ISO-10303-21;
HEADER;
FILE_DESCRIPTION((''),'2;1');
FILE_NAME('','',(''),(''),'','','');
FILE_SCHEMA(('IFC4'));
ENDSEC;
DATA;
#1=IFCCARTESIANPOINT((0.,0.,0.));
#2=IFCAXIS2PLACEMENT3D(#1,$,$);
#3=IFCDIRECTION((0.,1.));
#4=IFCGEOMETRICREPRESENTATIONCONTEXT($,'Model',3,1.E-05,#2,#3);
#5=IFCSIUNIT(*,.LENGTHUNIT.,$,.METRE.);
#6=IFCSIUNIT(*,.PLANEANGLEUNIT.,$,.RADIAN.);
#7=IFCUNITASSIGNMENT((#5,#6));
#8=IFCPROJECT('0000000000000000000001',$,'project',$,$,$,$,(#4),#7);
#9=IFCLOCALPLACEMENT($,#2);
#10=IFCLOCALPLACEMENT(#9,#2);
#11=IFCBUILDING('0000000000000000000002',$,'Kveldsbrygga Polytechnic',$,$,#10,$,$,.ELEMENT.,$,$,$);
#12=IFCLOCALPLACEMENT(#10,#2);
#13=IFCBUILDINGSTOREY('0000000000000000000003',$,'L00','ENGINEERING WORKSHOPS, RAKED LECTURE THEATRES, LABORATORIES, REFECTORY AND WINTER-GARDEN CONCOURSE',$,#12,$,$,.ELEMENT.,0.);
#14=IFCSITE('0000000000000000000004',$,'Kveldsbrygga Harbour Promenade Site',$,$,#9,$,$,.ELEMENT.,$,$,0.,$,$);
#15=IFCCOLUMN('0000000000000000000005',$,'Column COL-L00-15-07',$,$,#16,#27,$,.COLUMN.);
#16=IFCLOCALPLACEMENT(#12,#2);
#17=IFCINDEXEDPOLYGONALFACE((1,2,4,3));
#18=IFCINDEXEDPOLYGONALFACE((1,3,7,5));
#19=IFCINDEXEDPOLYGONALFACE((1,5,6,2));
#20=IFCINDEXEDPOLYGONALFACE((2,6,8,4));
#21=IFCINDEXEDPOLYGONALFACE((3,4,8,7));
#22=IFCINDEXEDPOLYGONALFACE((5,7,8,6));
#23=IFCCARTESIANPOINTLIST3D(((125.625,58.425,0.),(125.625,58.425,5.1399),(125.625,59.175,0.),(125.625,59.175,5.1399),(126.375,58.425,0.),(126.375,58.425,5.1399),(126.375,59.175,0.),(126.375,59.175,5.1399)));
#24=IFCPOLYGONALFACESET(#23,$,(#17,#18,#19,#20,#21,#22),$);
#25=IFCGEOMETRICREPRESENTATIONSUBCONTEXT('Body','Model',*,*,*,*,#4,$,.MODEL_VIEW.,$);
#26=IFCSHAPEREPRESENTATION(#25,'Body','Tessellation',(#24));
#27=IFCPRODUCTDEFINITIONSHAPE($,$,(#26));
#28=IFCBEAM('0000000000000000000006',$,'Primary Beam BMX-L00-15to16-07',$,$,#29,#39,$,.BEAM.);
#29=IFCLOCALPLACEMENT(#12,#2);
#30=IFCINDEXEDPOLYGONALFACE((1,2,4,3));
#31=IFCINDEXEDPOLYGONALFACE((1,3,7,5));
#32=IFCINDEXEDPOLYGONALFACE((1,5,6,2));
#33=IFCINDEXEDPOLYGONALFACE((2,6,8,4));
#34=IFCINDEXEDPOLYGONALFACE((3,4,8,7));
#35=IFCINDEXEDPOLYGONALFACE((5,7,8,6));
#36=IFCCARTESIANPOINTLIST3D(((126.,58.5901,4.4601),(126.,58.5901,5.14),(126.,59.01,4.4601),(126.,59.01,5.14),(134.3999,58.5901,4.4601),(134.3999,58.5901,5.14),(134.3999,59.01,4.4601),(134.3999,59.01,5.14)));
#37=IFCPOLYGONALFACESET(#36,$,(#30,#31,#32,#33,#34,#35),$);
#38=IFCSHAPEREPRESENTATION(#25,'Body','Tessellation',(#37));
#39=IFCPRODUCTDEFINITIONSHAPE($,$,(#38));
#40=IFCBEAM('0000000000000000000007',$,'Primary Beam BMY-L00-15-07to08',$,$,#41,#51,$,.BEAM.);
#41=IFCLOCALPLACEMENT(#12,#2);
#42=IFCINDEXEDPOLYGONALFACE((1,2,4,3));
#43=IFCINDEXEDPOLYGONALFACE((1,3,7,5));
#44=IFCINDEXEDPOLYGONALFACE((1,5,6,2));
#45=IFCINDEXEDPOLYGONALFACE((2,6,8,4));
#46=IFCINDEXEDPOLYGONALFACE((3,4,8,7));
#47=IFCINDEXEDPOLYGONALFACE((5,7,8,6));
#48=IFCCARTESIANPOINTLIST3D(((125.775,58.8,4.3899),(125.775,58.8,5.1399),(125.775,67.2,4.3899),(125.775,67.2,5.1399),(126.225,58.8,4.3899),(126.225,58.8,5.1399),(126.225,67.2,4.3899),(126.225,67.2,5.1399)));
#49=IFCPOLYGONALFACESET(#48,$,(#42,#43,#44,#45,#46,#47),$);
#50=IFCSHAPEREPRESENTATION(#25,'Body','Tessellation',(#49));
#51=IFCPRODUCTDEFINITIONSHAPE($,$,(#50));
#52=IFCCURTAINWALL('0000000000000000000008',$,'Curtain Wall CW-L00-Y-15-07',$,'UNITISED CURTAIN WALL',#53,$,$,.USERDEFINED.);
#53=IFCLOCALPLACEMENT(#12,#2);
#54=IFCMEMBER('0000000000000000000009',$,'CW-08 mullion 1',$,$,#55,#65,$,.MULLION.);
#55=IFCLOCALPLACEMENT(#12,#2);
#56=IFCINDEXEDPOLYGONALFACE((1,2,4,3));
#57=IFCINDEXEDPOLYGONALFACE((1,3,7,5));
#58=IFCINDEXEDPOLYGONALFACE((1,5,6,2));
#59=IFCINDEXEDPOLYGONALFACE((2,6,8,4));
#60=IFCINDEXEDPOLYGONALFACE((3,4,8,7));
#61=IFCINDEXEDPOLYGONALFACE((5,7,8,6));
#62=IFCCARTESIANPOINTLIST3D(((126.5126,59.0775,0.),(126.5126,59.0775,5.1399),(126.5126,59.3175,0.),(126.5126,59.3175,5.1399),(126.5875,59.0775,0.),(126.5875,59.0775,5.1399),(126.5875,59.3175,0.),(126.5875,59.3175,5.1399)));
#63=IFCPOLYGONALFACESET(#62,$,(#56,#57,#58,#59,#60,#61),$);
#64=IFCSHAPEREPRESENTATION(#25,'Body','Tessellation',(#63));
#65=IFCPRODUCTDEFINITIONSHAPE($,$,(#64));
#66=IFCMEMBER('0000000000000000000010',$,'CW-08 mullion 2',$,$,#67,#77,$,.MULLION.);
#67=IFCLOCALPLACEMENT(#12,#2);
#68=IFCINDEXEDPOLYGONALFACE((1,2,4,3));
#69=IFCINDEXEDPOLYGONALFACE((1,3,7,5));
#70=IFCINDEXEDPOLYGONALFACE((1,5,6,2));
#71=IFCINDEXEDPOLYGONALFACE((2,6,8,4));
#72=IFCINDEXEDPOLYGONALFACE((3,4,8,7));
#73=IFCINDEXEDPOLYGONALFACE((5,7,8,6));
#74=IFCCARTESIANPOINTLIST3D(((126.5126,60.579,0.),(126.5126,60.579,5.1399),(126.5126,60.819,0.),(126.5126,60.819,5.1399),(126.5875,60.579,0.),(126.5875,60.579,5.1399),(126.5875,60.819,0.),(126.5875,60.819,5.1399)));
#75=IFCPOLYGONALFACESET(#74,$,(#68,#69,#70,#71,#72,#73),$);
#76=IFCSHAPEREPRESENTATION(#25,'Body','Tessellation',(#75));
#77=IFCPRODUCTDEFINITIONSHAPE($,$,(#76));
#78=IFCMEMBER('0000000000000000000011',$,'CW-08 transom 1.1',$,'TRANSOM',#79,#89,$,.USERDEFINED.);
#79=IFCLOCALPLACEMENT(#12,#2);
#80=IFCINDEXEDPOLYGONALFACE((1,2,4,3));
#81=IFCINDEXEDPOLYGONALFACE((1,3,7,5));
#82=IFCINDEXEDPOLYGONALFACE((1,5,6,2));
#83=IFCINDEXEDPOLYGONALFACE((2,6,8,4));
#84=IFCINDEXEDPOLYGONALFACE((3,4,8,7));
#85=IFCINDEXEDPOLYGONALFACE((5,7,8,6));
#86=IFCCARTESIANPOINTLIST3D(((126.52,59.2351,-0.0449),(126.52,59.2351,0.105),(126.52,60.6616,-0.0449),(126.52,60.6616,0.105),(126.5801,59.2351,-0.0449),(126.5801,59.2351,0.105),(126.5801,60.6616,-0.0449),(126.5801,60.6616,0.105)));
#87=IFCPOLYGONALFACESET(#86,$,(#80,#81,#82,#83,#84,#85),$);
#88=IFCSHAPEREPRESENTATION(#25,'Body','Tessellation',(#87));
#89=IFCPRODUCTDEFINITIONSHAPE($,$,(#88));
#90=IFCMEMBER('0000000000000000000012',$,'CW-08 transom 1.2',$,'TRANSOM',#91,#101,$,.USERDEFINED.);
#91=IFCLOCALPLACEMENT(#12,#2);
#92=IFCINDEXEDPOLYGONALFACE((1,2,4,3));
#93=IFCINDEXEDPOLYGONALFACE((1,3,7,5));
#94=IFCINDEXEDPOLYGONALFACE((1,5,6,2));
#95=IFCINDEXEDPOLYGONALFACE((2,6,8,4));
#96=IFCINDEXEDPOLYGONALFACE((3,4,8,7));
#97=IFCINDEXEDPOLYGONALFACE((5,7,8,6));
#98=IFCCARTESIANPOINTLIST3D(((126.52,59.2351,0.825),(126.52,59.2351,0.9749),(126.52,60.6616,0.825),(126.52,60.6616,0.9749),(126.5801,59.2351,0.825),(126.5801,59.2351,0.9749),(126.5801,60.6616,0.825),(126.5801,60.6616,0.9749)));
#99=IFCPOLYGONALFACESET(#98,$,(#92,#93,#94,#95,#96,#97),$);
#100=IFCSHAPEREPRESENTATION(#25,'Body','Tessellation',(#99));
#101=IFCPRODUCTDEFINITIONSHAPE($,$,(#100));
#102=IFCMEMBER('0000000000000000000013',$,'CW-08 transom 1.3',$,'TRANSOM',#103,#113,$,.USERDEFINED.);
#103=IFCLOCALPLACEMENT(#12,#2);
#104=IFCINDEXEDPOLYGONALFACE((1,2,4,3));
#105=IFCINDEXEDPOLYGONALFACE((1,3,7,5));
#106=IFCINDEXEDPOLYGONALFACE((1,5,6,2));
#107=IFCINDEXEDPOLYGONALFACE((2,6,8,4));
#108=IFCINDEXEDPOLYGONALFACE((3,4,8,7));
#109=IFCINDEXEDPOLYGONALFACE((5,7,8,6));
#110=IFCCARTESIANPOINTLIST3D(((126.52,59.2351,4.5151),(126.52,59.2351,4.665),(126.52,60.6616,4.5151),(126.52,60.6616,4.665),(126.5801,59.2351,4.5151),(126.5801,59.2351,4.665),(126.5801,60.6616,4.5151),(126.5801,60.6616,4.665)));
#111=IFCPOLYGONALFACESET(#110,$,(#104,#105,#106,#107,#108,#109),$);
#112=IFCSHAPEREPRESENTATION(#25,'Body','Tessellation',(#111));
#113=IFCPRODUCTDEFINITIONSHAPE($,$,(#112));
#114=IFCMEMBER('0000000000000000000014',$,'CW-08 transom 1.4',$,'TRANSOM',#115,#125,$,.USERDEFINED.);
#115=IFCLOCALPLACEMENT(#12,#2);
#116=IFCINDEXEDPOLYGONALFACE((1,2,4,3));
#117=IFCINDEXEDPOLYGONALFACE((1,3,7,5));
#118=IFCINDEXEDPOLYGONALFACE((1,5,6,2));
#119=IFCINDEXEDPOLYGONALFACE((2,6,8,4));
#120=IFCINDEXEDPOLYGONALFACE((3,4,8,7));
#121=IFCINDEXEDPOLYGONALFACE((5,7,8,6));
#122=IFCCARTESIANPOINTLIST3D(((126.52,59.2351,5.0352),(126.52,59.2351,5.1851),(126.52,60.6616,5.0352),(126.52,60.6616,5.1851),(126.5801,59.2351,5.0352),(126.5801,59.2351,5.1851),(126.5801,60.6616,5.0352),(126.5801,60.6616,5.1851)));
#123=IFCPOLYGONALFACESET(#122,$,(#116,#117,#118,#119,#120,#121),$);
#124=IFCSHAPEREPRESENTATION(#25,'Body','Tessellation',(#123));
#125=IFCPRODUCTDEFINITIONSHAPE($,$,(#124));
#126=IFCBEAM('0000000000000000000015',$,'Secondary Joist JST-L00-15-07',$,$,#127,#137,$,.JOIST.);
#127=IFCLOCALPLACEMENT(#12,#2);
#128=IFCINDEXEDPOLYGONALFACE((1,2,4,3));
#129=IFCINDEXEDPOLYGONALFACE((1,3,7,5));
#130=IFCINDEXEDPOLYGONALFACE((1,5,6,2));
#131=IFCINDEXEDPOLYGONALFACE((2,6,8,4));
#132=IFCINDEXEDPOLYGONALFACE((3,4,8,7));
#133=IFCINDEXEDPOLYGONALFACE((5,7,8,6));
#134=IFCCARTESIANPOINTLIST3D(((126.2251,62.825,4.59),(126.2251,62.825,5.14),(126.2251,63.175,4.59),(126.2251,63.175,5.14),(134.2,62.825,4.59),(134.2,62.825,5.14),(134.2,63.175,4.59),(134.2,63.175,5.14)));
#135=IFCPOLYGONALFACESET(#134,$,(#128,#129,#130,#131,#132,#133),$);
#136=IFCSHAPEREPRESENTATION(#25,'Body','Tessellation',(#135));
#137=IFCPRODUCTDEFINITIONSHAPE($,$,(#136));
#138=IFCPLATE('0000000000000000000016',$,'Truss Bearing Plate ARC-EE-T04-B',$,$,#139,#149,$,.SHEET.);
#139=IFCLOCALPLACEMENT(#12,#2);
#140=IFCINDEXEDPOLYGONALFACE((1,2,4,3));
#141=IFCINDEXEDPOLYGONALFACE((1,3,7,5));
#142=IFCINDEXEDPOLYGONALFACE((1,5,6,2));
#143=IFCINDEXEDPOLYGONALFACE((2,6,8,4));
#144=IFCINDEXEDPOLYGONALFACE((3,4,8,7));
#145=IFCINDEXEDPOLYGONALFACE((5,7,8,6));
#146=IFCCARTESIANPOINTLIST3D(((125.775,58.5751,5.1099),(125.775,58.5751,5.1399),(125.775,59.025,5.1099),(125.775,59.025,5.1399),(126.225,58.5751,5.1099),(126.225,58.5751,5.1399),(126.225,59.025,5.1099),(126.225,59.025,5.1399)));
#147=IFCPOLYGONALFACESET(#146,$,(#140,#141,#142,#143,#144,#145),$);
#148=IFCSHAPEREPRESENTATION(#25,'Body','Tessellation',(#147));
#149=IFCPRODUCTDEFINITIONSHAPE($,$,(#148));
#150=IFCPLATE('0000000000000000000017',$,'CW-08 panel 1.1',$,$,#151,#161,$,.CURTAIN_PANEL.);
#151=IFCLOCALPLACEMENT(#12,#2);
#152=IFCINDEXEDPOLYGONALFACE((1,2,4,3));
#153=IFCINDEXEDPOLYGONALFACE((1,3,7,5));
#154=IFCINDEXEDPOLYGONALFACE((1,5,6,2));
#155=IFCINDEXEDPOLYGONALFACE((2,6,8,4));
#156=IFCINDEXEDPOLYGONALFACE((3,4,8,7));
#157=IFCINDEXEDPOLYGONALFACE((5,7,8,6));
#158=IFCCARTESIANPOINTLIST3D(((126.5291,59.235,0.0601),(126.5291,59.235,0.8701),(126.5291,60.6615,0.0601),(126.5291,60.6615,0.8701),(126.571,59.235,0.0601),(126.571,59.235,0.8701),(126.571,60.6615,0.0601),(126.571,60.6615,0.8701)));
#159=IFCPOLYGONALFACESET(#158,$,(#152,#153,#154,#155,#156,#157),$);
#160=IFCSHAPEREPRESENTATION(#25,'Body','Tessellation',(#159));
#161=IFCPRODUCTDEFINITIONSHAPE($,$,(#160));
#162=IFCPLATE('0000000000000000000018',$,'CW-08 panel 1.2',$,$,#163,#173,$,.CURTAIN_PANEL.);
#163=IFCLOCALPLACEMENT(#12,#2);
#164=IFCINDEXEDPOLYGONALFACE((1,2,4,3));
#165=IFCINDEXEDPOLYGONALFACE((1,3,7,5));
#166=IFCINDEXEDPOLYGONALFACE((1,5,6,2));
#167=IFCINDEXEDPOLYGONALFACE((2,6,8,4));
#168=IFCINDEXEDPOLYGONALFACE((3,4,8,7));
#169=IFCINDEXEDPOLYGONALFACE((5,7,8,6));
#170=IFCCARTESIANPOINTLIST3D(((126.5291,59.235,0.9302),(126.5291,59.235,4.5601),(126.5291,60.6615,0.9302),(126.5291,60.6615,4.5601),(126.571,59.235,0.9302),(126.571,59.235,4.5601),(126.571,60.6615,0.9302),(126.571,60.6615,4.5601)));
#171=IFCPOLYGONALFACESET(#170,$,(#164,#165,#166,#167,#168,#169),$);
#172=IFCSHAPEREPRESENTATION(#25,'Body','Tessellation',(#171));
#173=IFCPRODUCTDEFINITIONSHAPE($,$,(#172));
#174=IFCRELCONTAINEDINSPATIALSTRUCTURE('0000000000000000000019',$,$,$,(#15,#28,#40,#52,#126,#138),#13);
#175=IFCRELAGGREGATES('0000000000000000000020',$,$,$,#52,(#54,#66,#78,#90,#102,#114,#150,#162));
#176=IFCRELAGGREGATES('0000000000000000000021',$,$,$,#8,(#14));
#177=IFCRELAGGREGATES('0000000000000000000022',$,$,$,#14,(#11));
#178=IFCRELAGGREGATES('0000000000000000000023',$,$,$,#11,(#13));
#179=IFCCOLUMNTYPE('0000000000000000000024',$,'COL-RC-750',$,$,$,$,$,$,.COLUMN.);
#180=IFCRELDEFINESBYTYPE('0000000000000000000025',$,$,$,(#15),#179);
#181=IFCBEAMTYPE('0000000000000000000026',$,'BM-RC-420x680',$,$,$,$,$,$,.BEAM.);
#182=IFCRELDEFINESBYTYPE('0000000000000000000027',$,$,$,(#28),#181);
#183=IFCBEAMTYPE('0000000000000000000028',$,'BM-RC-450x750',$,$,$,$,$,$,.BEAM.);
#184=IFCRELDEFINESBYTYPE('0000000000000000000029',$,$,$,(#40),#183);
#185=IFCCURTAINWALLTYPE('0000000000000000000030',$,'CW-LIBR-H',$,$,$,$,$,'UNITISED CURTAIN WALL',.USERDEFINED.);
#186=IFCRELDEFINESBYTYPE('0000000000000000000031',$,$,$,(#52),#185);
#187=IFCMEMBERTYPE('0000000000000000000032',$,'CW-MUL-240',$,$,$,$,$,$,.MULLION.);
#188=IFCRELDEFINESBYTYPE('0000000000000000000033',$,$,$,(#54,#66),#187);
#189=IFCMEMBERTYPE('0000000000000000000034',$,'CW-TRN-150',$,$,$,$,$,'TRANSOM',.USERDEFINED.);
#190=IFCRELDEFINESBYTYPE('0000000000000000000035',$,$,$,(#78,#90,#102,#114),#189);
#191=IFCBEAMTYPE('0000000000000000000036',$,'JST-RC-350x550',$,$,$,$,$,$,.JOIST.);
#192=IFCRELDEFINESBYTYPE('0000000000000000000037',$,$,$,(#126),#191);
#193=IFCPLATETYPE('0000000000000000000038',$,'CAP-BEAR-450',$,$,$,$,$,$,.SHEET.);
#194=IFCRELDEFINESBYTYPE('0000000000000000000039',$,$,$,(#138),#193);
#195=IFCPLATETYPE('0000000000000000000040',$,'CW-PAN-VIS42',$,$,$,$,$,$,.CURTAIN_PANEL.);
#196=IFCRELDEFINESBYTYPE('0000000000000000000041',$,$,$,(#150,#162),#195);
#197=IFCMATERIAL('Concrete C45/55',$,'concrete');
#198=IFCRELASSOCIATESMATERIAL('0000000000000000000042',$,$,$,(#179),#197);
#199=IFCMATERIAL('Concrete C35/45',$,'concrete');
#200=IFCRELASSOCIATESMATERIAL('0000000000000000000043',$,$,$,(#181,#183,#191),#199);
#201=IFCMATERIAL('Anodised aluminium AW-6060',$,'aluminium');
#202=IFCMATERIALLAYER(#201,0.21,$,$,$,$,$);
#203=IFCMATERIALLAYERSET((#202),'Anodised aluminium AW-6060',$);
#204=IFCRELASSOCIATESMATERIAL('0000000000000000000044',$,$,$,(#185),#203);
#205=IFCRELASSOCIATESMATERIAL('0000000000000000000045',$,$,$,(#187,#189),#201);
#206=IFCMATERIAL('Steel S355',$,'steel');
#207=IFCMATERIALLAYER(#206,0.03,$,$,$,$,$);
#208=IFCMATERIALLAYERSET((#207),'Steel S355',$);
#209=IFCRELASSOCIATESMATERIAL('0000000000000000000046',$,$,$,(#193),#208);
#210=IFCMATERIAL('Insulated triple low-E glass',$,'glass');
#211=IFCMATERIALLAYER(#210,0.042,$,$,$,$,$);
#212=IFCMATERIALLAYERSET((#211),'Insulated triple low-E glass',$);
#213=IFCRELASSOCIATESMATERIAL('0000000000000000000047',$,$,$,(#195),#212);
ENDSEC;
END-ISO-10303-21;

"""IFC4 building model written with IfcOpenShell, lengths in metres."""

from ifc_helpers import new_model, si_unit, direction, frame, origin, origin_2d, place, context, subcontext, project, spatial, rectangle, extrude, material, layer, layer_set, material_profile, profile_set, type_object, element, aggregate, save


model = new_model("IFC4")

# Units and contexts
model_context = context("Model", 3, precision=1e-05, world=origin(), true_north=direction((0.0, 1.0)))
body_context = subcontext(model_context, "Body", "Model", "MODEL_VIEW")
ifc_project = project(units=[si_unit("LENGTHUNIT", "METRE"), si_unit("PLANEANGLEUNIT", "RADIAN")], contexts=[model_context])

# Site, building, storey
site_placement = place(None, origin())
site = spatial("IfcSite", under=ifc_project, at=site_placement, Name="Kveldsbrygga Harbour Promenade Site", CompositionType="ELEMENT", RefElevation=0.0)
building_placement = place(site_placement, origin())
building = spatial("IfcBuilding", under=site, at=building_placement, Name="Kveldsbrygga Polytechnic", CompositionType="ELEMENT")
storey_placement = place(building_placement, origin())
storey = spatial("IfcBuildingStorey", under=building, at=storey_placement, Name="L00", Description="ENGINEERING WORKSHOPS, RAKED LECTURE THEATRES, LABORATORIES, REFECTORY AND WINTER-GARDEN CONCOURSE", CompositionType="ELEMENT", Elevation=0.0)

# Column
ifc_material_1 = material(Name="Concrete C45/55", Category="concrete")
ifc_material_profile_1 = material_profile(ifc_material_1, rectangle(XDim=0.75, YDim=0.75, at=origin_2d()), Name="RC 750x750")
ifc_profile_set_1 = profile_set([ifc_material_profile_1], Name="Concrete C45/55")
column_type = type_object("IfcColumnType", Name="COL-RC-750", PredefinedType="COLUMN", material=ifc_profile_set_1)
column_placement = place(storey_placement, frame((126.0, 58.8, 0.0), z_axis=(0.0, 0.0, 1.0), x_axis=(1.0, 0.0, 0.0)))
element("IfcColumn", 1, at=column_placement, inside=storey, type_object=column_type, Name="Column COL-L00-15-07", PredefinedType="COLUMN", context=body_context, shape_type="SweptSolid", body=[
    extrude(rectangle(XDim=0.75, YDim=0.75, at=origin_2d()), origin(), (0.0, 0.0, 1.0), 5.1399),
])

# Beams
ifc_material_2 = material(Name="Concrete C35/45", Category="concrete")
ifc_material_profile_2 = material_profile(ifc_material_2, rectangle(XDim=0.4199, YDim=0.6799, at=origin_2d()), Name="RC 420x680")
ifc_profile_set_2 = profile_set([ifc_material_profile_2], Name="Concrete C35/45")
beam_type_1 = type_object("IfcBeamType", Name="BM-RC-420x680", PredefinedType="BEAM", material=ifc_profile_set_2)
beam_1_placement = place(storey_placement, frame((126.0, 58.8, 4.8), z_axis=(1.0, 0.0, 0.0), x_axis=(0.0, 1.0, 0.0)))
element("IfcBeam", 2, at=beam_1_placement, inside=storey, type_object=beam_type_1, Name="Primary Beam BMX-L00-15to16-07", PredefinedType="BEAM", context=body_context, shape_type="SweptSolid", body=[
    extrude(rectangle(XDim=0.4199, YDim=0.6799, at=origin_2d()), origin(), (0.0, 0.0, 1.0), 8.3999),
])
ifc_material_profile_3 = material_profile(ifc_material_2, rectangle(XDim=0.45, YDim=0.75, at=origin_2d()), Name="RC 450x750")
ifc_profile_set_3 = profile_set([ifc_material_profile_3], Name="Concrete C35/45")
beam_type_2 = type_object("IfcBeamType", Name="BM-RC-450x750", PredefinedType="BEAM", material=ifc_profile_set_3)
beam_2_placement = place(storey_placement, frame((126.0, 58.8, 4.7649), z_axis=(0.0, 1.0, 0.0), x_axis=(-1.0, 0.0, 0.0)))
element("IfcBeam", 3, at=beam_2_placement, inside=storey, type_object=beam_type_2, Name="Primary Beam BMY-L00-15-07to08", PredefinedType="BEAM", context=body_context, shape_type="SweptSolid", body=[
    extrude(rectangle(XDim=0.45, YDim=0.75, at=origin_2d()), origin(), (0.0, 0.0, 1.0), 8.3999),
])

# Curtain wall, members
ifc_material_3 = material(Name="Anodised aluminium AW-6060", Category="aluminium")
ifc_layer_1 = layer(ifc_material_3, 0.21)
ifc_layer_set_1 = layer_set([ifc_layer_1], Name="Anodised aluminium AW-6060")
curtain_wall_type = type_object("IfcCurtainWallType", Name="CW-LIBR-H", ElementType="UNITISED CURTAIN WALL", PredefinedType="USERDEFINED", material=ifc_layer_set_1)
curtain_wall_placement = place(storey_placement, origin())
curtain_wall = element("IfcCurtainWall", 4, at=curtain_wall_placement, inside=storey, type_object=curtain_wall_type, Name="Curtain Wall CW-L00-Y-15-07", ObjectType="UNITISED CURTAIN WALL", PredefinedType="USERDEFINED")
ifc_material_profile_4 = material_profile(ifc_material_3, rectangle(XDim=0.075, YDim=0.24, at=origin_2d()), Name="ALU 75x240")
ifc_profile_set_4 = profile_set([ifc_material_profile_4], Name="Anodised aluminium AW-6060")
member_type_1 = type_object("IfcMemberType", Name="CW-MUL-240", PredefinedType="MULLION", material=ifc_profile_set_4)
member_1_placement = place(storey_placement, frame((126.55, 59.1975, 0.0), z_axis=(0.0, 0.0, 1.0), x_axis=(-1.0, 0.0, 0.0)))
member_1 = element("IfcMember", 5, at=member_1_placement, type_object=member_type_1, Name="CW-08 mullion 1", PredefinedType="MULLION", context=body_context, shape_type="SweptSolid", body=[
    extrude(rectangle(XDim=0.075, YDim=0.24, at=origin_2d()), origin(), (0.0, 0.0, 1.0), 5.1399),
])
member_2_placement = place(storey_placement, frame((126.55, 60.699, 0.0), z_axis=(0.0, 0.0, 1.0), x_axis=(-1.0, 0.0, 0.0)))
member_2 = element("IfcMember", 6, at=member_2_placement, type_object=member_type_1, Name="CW-08 mullion 2", PredefinedType="MULLION", context=body_context, shape_type="SweptSolid", body=[
    extrude(rectangle(XDim=0.075, YDim=0.24, at=origin_2d()), origin(), (0.0, 0.0, 1.0), 5.1399),
])
ifc_material_profile_5 = material_profile(ifc_material_3, rectangle(XDim=0.0601, YDim=0.1499, at=origin_2d()), Name="ALU 60x150")
ifc_profile_set_5 = profile_set([ifc_material_profile_5], Name="Anodised aluminium AW-6060")
member_type_2 = type_object("IfcMemberType", Name="CW-TRN-150", ElementType="TRANSOM", PredefinedType="USERDEFINED", material=ifc_profile_set_5)
member_3_placement = place(storey_placement, frame((126.55, 59.2351, 0.03), z_axis=(0.0, 1.0, 0.0), x_axis=(-1.0, 0.0, 0.0)))
member_3 = element("IfcMember", 7, at=member_3_placement, type_object=member_type_2, Name="CW-08 transom 1.1", ObjectType="TRANSOM", PredefinedType="USERDEFINED", context=body_context, shape_type="SweptSolid", body=[
    extrude(rectangle(XDim=0.0601, YDim=0.1499, at=origin_2d()), origin(), (0.0, 0.0, 1.0), 1.4265),
])
member_4_placement = place(storey_placement, frame((126.55, 59.2351, 0.8999), z_axis=(0.0, 1.0, 0.0), x_axis=(-1.0, 0.0, 0.0)))
member_4 = element("IfcMember", 8, at=member_4_placement, type_object=member_type_2, Name="CW-08 transom 1.2", ObjectType="TRANSOM", PredefinedType="USERDEFINED", context=body_context, shape_type="SweptSolid", body=[
    extrude(rectangle(XDim=0.0601, YDim=0.1499, at=origin_2d()), origin(), (0.0, 0.0, 1.0), 1.4265),
])
member_5_placement = place(storey_placement, frame((126.55, 59.2351, 4.5901), z_axis=(0.0, 1.0, 0.0), x_axis=(-1.0, 0.0, 0.0)))
member_5 = element("IfcMember", 9, at=member_5_placement, type_object=member_type_2, Name="CW-08 transom 1.3", ObjectType="TRANSOM", PredefinedType="USERDEFINED", context=body_context, shape_type="SweptSolid", body=[
    extrude(rectangle(XDim=0.0601, YDim=0.1499, at=origin_2d()), origin(), (0.0, 0.0, 1.0), 1.4265),
])
member_6_placement = place(storey_placement, frame((126.55, 59.2351, 5.1101), z_axis=(0.0, 1.0, 0.0), x_axis=(-1.0, 0.0, 0.0)))
member_6 = element("IfcMember", 10, at=member_6_placement, type_object=member_type_2, Name="CW-08 transom 1.4", ObjectType="TRANSOM", PredefinedType="USERDEFINED", context=body_context, shape_type="SweptSolid", body=[
    extrude(rectangle(XDim=0.0601, YDim=0.1499, at=origin_2d()), origin(), (0.0, 0.0, 1.0), 1.4265),
])

# Beam
ifc_material_profile_6 = material_profile(ifc_material_2, rectangle(XDim=0.3501, YDim=0.55, at=origin_2d()), Name="RC 350x550")
ifc_profile_set_6 = profile_set([ifc_material_profile_6], Name="Concrete C35/45")
beam_type_3 = type_object("IfcBeamType", Name="JST-RC-350x550", PredefinedType="JOIST", material=ifc_profile_set_6)
beam_3_placement = place(storey_placement, frame((126.2251, 63.0, 4.865), z_axis=(1.0, 0.0, 0.0), x_axis=(0.0, 1.0, 0.0)))
element("IfcBeam", 11, at=beam_3_placement, inside=storey, type_object=beam_type_3, Name="Secondary Joist JST-L00-15-07", PredefinedType="JOIST", context=body_context, shape_type="SweptSolid", body=[
    extrude(rectangle(XDim=0.3501, YDim=0.55, at=origin_2d()), origin(), (0.0, 0.0, 1.0), 7.9749),
])

# Plates
ifc_material_4 = material(Name="Steel S355", Category="steel")
ifc_layer_2 = layer(ifc_material_4, 0.03)
ifc_layer_set_2 = layer_set([ifc_layer_2], Name="Steel S355")
plate_type_1 = type_object("IfcPlateType", Name="CAP-BEAR-450", PredefinedType="SHEET", material=ifc_layer_set_2)
plate_1_placement = place(storey_placement, frame((126.0, 58.8, 5.1099), z_axis=(0.0, 0.0, 1.0), x_axis=(1.0, 0.0, 0.0)))
element("IfcPlate", 12, at=plate_1_placement, inside=storey, type_object=plate_type_1, Name="Truss Bearing Plate ARC-EE-T04-B", PredefinedType="SHEET", context=body_context, shape_type="SweptSolid", body=[
    extrude(rectangle(XDim=0.45, YDim=0.45, at=origin_2d()), origin(), (0.0, 0.0, 1.0), 0.03),
])
ifc_material_5 = material(Name="Insulated triple low-E glass", Category="glass")
ifc_layer_3 = layer(ifc_material_5, 0.042)
ifc_layer_set_3 = layer_set([ifc_layer_3], Name="Insulated triple low-E glass")
plate_type_2 = type_object("IfcPlateType", Name="CW-PAN-VIS42", PredefinedType="CURTAIN_PANEL", material=ifc_layer_set_3)
plate_2_placement = place(storey_placement, frame((126.55, 59.9482, 0.0601), z_axis=(0.0, 0.0, 1.0), x_axis=(0.0, 1.0, 0.0)))
plate_2 = element("IfcPlate", 13, at=plate_2_placement, type_object=plate_type_2, Name="CW-08 panel 1.1", PredefinedType="CURTAIN_PANEL", context=body_context, shape_type="SweptSolid", body=[
    extrude(rectangle(XDim=1.4265, YDim=0.042, at=origin_2d()), origin(), (0.0, 0.0, 1.0), 0.8101),
])
plate_3_placement = place(storey_placement, frame((126.55, 59.9482, 0.9302), z_axis=(0.0, 0.0, 1.0), x_axis=(0.0, 1.0, 0.0)))
plate_3 = element("IfcPlate", 14, at=plate_3_placement, type_object=plate_type_2, Name="CW-08 panel 1.2", PredefinedType="CURTAIN_PANEL", context=body_context, shape_type="SweptSolid", body=[
    extrude(rectangle(XDim=1.4265, YDim=0.042, at=origin_2d()), origin(), (0.0, 0.0, 1.0), 3.6299),
])
aggregate(curtain_wall, [member_1, member_2, member_3, member_4, member_5, member_6, plate_2, plate_3])

save(model, "model.ifc")
